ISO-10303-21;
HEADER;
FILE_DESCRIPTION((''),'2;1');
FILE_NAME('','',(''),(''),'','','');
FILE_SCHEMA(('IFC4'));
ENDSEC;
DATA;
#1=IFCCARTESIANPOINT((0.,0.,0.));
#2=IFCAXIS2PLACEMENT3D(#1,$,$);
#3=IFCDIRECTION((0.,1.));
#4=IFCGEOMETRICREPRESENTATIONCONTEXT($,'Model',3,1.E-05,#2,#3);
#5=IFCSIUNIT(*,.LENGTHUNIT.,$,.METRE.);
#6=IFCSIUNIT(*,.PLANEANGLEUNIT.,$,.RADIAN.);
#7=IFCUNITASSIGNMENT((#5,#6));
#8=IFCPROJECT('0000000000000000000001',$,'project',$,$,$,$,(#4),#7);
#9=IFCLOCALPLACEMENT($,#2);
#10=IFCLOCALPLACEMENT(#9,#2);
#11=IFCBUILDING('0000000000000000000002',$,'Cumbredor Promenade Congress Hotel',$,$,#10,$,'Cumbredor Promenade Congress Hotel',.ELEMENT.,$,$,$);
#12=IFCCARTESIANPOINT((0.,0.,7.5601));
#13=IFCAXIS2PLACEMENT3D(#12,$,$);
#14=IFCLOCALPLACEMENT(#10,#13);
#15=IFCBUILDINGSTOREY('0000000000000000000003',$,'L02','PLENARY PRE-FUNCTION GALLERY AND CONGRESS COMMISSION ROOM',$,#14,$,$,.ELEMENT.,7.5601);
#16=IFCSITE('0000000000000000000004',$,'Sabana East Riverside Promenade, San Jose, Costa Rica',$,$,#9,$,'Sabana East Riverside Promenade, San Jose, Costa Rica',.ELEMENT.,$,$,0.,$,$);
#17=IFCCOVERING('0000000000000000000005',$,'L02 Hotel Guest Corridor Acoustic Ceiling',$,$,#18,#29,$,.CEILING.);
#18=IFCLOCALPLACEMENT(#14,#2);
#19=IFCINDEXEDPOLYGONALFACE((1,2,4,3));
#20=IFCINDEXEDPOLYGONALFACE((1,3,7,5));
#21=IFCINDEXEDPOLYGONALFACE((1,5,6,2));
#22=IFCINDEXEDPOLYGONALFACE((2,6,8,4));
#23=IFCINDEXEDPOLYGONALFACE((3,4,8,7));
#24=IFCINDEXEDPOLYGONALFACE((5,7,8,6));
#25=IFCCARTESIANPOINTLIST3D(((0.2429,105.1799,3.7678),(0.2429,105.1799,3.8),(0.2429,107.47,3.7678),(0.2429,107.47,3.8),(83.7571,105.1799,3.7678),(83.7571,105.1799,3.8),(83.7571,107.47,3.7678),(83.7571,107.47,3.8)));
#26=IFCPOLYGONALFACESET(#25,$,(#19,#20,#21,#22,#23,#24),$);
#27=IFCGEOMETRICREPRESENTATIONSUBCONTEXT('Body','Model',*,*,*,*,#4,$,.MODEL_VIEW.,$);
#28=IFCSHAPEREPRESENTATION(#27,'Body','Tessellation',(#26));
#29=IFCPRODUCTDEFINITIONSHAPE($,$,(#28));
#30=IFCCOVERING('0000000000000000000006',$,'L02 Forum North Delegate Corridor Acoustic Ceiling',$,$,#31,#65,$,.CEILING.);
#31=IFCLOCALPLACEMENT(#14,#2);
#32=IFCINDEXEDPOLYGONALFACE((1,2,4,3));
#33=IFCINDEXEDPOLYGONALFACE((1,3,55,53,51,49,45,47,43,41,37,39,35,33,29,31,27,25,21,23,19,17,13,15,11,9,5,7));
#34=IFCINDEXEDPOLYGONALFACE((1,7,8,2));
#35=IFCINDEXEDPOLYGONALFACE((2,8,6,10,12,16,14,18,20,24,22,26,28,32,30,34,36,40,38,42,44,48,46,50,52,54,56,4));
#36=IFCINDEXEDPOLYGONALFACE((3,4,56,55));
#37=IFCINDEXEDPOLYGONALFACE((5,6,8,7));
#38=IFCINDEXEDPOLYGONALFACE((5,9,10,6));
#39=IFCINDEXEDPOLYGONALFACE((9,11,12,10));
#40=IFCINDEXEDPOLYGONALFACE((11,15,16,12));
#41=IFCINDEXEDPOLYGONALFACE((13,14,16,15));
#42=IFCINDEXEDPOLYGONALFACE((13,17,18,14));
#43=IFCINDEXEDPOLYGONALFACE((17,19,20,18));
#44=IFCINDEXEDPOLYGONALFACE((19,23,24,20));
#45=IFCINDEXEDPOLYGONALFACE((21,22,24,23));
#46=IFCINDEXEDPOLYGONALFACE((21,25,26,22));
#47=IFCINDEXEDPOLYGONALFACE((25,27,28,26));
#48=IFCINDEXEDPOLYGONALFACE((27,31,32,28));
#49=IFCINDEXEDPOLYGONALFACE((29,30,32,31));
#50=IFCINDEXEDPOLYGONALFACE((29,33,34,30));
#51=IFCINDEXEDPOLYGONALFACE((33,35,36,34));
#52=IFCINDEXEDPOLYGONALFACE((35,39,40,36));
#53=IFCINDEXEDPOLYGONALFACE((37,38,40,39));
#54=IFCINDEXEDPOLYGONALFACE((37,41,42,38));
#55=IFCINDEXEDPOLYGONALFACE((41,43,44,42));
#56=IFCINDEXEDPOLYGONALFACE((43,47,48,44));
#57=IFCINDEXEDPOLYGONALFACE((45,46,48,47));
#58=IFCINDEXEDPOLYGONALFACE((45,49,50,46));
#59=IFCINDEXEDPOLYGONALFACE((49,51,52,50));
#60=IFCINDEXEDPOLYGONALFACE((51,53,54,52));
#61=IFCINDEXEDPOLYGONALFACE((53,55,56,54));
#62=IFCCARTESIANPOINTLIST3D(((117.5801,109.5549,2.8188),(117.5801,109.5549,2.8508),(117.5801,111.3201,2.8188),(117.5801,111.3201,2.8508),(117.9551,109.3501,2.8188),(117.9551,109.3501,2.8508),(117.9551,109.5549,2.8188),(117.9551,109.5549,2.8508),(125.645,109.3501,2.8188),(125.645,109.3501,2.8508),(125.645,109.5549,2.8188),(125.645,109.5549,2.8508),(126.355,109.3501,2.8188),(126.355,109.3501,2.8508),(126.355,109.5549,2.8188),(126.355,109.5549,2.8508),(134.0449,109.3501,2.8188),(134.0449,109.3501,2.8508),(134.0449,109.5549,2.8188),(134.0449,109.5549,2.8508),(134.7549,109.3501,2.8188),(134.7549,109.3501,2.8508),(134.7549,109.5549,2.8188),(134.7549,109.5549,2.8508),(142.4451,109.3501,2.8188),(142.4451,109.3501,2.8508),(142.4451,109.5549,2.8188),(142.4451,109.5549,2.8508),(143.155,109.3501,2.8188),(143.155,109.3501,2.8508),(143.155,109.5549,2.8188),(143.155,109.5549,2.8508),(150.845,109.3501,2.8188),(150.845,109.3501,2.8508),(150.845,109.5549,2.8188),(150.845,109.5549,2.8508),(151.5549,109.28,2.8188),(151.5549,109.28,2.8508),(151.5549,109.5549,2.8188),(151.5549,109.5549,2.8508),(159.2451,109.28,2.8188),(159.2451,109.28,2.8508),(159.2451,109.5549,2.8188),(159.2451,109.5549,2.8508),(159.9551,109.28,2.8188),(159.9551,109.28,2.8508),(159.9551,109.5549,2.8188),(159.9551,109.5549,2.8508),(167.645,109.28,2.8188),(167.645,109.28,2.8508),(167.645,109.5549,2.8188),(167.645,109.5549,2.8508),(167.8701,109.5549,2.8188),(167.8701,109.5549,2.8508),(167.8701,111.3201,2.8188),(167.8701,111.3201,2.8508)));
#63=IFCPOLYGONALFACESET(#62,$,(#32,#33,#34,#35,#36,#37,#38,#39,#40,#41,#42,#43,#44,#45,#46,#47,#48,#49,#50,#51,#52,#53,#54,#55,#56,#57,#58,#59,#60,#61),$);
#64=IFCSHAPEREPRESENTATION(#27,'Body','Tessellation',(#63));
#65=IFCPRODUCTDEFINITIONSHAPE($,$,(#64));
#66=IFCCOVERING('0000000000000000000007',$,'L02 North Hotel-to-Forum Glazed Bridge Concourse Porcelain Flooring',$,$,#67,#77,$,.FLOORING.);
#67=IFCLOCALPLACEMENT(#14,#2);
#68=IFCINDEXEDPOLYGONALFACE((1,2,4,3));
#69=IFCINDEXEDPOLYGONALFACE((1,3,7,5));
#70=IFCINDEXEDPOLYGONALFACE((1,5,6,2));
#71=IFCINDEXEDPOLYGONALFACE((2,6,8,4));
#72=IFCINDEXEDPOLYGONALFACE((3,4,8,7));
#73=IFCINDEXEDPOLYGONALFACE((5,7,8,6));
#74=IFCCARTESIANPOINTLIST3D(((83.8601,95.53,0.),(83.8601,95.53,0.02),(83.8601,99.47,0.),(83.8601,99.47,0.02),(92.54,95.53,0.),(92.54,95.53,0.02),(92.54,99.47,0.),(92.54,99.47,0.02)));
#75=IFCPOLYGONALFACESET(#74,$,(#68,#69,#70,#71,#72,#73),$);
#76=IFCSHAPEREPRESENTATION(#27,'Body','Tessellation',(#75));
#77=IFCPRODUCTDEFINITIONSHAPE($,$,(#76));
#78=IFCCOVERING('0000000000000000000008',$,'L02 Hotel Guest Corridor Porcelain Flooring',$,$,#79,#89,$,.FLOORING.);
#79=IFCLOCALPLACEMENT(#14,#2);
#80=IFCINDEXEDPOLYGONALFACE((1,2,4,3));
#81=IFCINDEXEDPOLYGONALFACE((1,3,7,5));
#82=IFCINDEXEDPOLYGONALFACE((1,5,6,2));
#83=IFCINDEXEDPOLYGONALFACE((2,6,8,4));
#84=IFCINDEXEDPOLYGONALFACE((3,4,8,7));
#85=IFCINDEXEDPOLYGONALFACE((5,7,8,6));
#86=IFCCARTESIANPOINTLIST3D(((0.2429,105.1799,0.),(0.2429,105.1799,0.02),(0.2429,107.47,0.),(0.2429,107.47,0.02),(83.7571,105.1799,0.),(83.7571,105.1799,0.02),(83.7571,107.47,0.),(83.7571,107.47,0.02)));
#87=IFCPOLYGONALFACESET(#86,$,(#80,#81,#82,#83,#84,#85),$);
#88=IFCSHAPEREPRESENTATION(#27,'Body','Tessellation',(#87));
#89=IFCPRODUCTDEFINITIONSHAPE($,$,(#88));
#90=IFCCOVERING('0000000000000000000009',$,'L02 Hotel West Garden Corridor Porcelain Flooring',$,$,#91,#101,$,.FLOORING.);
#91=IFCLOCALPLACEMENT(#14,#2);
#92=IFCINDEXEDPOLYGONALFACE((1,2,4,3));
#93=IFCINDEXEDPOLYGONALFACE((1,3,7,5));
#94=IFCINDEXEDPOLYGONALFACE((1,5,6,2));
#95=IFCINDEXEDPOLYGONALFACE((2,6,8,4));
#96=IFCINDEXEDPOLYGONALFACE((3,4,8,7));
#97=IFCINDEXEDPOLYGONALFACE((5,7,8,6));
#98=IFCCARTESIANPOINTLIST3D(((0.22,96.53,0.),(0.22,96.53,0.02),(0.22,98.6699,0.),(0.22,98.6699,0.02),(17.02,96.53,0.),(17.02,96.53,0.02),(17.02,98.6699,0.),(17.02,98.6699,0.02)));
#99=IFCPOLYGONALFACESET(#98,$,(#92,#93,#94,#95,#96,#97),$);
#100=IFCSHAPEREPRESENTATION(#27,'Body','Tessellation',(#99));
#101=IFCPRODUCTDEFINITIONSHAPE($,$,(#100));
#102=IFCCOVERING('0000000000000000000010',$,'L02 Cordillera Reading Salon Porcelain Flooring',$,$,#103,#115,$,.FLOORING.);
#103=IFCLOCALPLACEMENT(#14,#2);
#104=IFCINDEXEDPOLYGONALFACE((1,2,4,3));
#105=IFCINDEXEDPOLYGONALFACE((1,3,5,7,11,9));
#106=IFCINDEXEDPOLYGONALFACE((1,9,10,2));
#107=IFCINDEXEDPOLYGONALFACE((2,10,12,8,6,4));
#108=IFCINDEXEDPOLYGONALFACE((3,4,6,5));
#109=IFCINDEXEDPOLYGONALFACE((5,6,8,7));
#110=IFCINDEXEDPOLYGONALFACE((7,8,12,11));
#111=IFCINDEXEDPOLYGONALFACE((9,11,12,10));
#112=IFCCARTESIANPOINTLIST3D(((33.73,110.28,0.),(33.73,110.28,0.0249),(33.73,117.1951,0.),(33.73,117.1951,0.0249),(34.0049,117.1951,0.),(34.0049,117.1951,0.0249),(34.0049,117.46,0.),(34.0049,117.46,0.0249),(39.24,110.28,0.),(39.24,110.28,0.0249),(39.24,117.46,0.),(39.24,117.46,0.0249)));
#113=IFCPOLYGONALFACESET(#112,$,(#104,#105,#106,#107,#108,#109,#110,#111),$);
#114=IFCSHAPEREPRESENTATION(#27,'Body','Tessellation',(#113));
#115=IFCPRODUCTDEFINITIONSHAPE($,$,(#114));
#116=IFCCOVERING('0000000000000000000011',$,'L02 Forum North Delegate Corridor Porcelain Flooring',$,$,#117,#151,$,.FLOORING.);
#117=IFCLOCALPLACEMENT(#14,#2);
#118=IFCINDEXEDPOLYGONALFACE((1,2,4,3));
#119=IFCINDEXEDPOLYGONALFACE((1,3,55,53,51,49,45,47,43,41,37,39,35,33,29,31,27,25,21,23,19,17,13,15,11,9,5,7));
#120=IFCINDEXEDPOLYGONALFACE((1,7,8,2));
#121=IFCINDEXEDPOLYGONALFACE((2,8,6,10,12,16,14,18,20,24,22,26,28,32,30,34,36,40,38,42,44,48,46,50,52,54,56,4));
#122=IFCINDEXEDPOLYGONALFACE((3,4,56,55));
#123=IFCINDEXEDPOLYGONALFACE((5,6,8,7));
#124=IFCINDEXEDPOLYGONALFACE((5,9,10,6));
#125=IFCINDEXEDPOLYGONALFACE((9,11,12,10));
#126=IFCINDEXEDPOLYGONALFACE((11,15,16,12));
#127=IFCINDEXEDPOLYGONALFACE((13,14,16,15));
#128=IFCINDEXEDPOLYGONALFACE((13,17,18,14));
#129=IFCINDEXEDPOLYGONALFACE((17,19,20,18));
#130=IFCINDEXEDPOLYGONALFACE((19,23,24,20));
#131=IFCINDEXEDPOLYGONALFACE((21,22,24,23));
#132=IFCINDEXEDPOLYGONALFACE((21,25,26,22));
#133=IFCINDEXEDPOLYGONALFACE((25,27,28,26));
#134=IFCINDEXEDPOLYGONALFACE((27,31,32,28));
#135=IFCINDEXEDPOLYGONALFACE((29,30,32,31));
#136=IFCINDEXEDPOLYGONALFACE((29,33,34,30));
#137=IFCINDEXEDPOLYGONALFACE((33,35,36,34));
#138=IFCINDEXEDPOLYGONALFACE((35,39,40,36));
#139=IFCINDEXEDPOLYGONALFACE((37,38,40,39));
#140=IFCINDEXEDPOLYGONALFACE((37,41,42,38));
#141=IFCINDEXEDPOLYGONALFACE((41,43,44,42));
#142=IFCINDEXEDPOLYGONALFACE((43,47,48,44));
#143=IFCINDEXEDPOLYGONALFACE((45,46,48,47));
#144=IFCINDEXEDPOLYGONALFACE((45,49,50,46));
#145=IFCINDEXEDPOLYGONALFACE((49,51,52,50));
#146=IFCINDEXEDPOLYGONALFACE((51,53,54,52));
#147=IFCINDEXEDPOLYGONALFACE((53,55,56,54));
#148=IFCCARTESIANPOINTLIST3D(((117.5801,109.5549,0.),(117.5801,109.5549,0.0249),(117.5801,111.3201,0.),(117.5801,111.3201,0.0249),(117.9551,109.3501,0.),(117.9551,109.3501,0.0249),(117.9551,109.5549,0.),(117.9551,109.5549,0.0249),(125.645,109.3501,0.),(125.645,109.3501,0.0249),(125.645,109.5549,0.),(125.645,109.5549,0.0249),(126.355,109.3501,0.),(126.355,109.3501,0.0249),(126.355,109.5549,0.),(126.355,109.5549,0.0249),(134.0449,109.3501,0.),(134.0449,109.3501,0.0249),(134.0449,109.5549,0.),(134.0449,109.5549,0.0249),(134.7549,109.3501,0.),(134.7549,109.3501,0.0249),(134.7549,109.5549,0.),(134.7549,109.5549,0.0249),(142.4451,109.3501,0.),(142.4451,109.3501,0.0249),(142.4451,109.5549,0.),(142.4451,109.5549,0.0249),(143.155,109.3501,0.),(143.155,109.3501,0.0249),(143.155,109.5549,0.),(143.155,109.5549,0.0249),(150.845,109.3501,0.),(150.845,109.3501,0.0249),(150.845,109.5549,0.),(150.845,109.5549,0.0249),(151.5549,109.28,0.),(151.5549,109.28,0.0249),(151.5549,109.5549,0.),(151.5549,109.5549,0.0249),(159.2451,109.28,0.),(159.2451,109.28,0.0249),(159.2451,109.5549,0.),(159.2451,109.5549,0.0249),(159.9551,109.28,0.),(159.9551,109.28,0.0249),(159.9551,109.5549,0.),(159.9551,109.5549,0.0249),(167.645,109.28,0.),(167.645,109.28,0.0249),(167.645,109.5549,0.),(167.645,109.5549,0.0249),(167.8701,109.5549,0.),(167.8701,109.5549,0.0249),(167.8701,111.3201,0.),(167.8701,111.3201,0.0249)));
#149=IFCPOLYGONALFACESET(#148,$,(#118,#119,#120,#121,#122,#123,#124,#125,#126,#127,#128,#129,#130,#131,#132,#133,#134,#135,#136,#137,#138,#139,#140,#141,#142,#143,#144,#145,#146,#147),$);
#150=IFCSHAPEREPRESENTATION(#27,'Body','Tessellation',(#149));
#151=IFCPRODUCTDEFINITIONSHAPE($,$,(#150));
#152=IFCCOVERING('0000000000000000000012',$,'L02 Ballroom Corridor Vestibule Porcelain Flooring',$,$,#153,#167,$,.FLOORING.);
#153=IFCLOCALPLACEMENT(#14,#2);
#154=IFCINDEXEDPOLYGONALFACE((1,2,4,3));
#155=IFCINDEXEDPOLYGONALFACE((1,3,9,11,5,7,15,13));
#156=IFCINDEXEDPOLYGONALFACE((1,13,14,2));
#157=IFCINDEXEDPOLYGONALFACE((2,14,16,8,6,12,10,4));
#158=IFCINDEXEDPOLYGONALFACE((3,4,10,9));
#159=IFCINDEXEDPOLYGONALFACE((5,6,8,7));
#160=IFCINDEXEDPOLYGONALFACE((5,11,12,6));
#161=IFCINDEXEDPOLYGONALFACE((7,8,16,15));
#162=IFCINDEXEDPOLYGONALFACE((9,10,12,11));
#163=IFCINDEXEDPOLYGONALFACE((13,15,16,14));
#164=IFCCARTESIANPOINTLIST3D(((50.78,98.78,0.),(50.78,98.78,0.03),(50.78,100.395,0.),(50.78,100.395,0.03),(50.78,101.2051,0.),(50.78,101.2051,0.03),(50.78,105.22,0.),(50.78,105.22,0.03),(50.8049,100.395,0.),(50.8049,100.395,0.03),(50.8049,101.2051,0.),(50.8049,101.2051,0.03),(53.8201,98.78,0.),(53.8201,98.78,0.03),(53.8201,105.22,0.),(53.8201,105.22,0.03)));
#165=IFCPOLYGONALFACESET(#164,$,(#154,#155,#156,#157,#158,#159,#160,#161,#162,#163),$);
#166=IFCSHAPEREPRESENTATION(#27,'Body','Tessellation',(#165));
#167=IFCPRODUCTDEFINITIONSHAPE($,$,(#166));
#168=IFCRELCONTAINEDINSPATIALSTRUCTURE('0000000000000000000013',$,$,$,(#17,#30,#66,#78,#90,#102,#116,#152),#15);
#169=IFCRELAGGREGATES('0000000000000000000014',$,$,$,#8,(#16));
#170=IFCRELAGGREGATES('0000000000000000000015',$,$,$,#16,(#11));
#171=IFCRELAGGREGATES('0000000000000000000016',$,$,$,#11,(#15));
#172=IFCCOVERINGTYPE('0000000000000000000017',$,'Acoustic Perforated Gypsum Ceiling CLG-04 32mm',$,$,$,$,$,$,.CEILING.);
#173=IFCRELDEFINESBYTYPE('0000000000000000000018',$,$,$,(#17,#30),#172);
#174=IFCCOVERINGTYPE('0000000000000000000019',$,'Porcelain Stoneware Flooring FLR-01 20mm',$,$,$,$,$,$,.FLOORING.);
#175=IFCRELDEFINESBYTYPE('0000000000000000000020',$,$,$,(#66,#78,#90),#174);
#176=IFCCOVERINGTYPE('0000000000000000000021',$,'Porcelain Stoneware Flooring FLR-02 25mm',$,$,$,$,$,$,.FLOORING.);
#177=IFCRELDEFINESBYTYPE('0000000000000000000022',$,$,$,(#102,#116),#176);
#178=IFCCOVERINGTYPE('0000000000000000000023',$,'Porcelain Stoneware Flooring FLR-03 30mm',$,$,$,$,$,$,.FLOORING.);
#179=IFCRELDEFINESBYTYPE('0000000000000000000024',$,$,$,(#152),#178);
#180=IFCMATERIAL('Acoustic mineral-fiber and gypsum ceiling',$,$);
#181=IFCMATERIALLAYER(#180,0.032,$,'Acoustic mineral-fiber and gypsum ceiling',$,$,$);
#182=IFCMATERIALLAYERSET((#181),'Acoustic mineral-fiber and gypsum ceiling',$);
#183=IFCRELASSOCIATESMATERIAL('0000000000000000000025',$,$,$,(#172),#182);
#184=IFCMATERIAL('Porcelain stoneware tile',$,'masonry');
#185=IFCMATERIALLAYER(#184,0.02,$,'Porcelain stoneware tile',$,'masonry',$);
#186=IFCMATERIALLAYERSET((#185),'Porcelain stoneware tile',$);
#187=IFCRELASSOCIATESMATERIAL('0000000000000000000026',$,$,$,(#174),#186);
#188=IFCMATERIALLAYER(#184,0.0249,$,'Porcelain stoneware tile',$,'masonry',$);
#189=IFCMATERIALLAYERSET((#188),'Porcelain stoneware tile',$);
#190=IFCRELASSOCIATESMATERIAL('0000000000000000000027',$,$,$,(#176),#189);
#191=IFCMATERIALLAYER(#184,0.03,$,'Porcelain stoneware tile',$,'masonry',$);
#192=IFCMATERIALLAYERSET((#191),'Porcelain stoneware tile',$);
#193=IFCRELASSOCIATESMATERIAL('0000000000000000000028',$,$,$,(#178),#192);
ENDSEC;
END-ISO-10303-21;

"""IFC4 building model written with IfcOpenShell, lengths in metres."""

from ifc_helpers import new_model, si_unit, direction, frame, origin, place, context, subcontext, project, spatial, polyline, outline, extrude, material, layer, layer_set, type_object, element, save


model = new_model("IFC4")

# Units and contexts
model_context = context("Model", 3, precision=1e-05, world=origin(), true_north=direction((0.0, 1.0)))
body_context = subcontext(model_context, "Body", "Model", "MODEL_VIEW")
ifc_project = project(units=[si_unit("LENGTHUNIT", "METRE"), si_unit("PLANEANGLEUNIT", "RADIAN")], contexts=[model_context])

# Site, building, storey
site_placement = place(None, origin())
site = spatial("IfcSite", under=ifc_project, at=site_placement, Name="Sabana East Riverside Promenade, San Jose, Costa Rica", LongName="Sabana East Riverside Promenade, San Jose, Costa Rica", CompositionType="ELEMENT", RefElevation=0.0)
building_placement = place(site_placement, origin())
building = spatial("IfcBuilding", under=site, at=building_placement, Name="Cumbredor Promenade Congress Hotel", LongName="Cumbredor Promenade Congress Hotel", CompositionType="ELEMENT")
storey_placement = place(building_placement, frame((0.0, 0.0, 7.5601)))
storey = spatial("IfcBuildingStorey", under=building, at=storey_placement, Name="L02", Description="PLENARY PRE-FUNCTION GALLERY AND CONGRESS COMMISSION ROOM", CompositionType="ELEMENT", Elevation=7.5601)

# Coverings
ifc_material_1 = material(Name="Acoustic mineral-fiber and gypsum ceiling")
ifc_layer_1 = layer(ifc_material_1, 0.032, Name="Acoustic mineral-fiber and gypsum ceiling")
ifc_layer_set_1 = layer_set([ifc_layer_1], Name="Acoustic mineral-fiber and gypsum ceiling")
covering_type_1 = type_object("IfcCoveringType", Name="Acoustic Perforated Gypsum Ceiling CLG-04 32mm", PredefinedType="CEILING", material=ifc_layer_set_1)
covering_1_placement = place(storey_placement, frame((0.0, 0.0, 3.7678)))
element("IfcCovering", 1, at=covering_1_placement, inside=storey, type_object=covering_type_1, Name="L02 Hotel Guest Corridor Acoustic Ceiling", PredefinedType="CEILING", context=body_context, shape_type="SweptSolid", body=[
    extrude(outline(polyline([(0.2429, 107.47), (83.7571, 107.47), (83.7571, 105.1799), (0.2429, 105.1799), (0.2429, 107.47)])), origin(), (0.0, 0.0, 1.0), 0.0322),
])
covering_2_placement = place(storey_placement, frame((0.0, 0.0, 2.8188)))
element("IfcCovering", 2, at=covering_2_placement, inside=storey, type_object=covering_type_1, Name="L02 Forum North Delegate Corridor Acoustic Ceiling", PredefinedType="CEILING", context=body_context, shape_type="SweptSolid", body=[
    extrude(outline(polyline([(142.4451, 109.5549), (142.4451, 109.3501), (134.7549, 109.3501), (134.7549, 109.5549), (134.0449, 109.5549), (134.0449, 109.3501), (126.355, 109.3501), (126.355, 109.5549), (125.645, 109.5549), (125.645, 109.3501), (117.9551, 109.3501), (117.9551, 109.5549), (117.5801, 109.5549), (117.5801, 111.3201), (167.8701, 111.3201), (167.8701, 109.5549), (167.645, 109.5549), (167.645, 109.28), (159.9551, 109.28), (159.9551, 109.5549), (159.2451, 109.5549), (159.2451, 109.28), (151.5549, 109.28), (151.5549, 109.5549), (150.845, 109.5549), (150.845, 109.3501), (143.155, 109.3501), (143.155, 109.5549), (142.4451, 109.5549)])), origin(), (0.0, 0.0, 1.0), 0.032),
])
ifc_material_2 = material(Name="Porcelain stoneware tile", Category="masonry")
ifc_layer_2 = layer(ifc_material_2, 0.02, Name="Porcelain stoneware tile", Category="masonry")
ifc_layer_set_2 = layer_set([ifc_layer_2], Name="Porcelain stoneware tile")
covering_type_2 = type_object("IfcCoveringType", Name="Porcelain Stoneware Flooring FLR-01 20mm", PredefinedType="FLOORING", material=ifc_layer_set_2)
covering_3_placement = place(storey_placement, origin())
element("IfcCovering", 3, at=covering_3_placement, inside=storey, type_object=covering_type_2, Name="L02 North Hotel-to-Forum Glazed Bridge Concourse Porcelain Flooring", PredefinedType="FLOORING", context=body_context, shape_type="SweptSolid", body=[
    extrude(outline(polyline([(83.8601, 99.47), (92.54, 99.47), (92.54, 95.53), (83.8601, 95.53), (83.8601, 99.47)])), origin(), (0.0, 0.0, 1.0), 0.02),
])
covering_4_placement = place(storey_placement, origin())
element("IfcCovering", 4, at=covering_4_placement, inside=storey, type_object=covering_type_2, Name="L02 Hotel Guest Corridor Porcelain Flooring", PredefinedType="FLOORING", context=body_context, shape_type="SweptSolid", body=[
    extrude(outline(polyline([(0.2429, 107.47), (83.7571, 107.47), (83.7571, 105.1799), (0.2429, 105.1799), (0.2429, 107.47)])), origin(), (0.0, 0.0, 1.0), 0.02),
])
covering_5_placement = place(storey_placement, origin())
element("IfcCovering", 5, at=covering_5_placement, inside=storey, type_object=covering_type_2, Name="L02 Hotel West Garden Corridor Porcelain Flooring", PredefinedType="FLOORING", context=body_context, shape_type="SweptSolid", body=[
    extrude(outline(polyline([(0.22, 98.6699), (17.02, 98.6699), (17.02, 96.53), (0.22, 96.53), (0.22, 98.6699)])), origin(), (0.0, 0.0, 1.0), 0.02),
])
ifc_layer_3 = layer(ifc_material_2, 0.0249, Name="Porcelain stoneware tile", Category="masonry")
ifc_layer_set_3 = layer_set([ifc_layer_3], Name="Porcelain stoneware tile")
covering_type_3 = type_object("IfcCoveringType", Name="Porcelain Stoneware Flooring FLR-02 25mm", PredefinedType="FLOORING", material=ifc_layer_set_3)
covering_6_placement = place(storey_placement, origin())
element("IfcCovering", 6, at=covering_6_placement, inside=storey, type_object=covering_type_3, Name="L02 Cordillera Reading Salon Porcelain Flooring", PredefinedType="FLOORING", context=body_context, shape_type="SweptSolid", body=[
    extrude(outline(polyline([(39.24, 117.46), (39.24, 110.28), (33.73, 110.28), (33.73, 117.1951), (34.0049, 117.1951), (34.0049, 117.46), (39.24, 117.46)])), origin(), (0.0, 0.0, 1.0), 0.0249),
])
covering_7_placement = place(storey_placement, origin())
element("IfcCovering", 7, at=covering_7_placement, inside=storey, type_object=covering_type_3, Name="L02 Forum North Delegate Corridor Porcelain Flooring", PredefinedType="FLOORING", context=body_context, shape_type="SweptSolid", body=[
    extrude(outline(polyline([(142.4451, 109.5549), (142.4451, 109.3501), (134.7549, 109.3501), (134.7549, 109.5549), (134.0449, 109.5549), (134.0449, 109.3501), (126.355, 109.3501), (126.355, 109.5549), (125.645, 109.5549), (125.645, 109.3501), (117.9551, 109.3501), (117.9551, 109.5549), (117.5801, 109.5549), (117.5801, 111.3201), (167.8701, 111.3201), (167.8701, 109.5549), (167.645, 109.5549), (167.645, 109.28), (159.9551, 109.28), (159.9551, 109.5549), (159.2451, 109.5549), (159.2451, 109.28), (151.5549, 109.28), (151.5549, 109.5549), (150.845, 109.5549), (150.845, 109.3501), (143.155, 109.3501), (143.155, 109.5549), (142.4451, 109.5549)])), origin(), (0.0, 0.0, 1.0), 0.0249),
])
ifc_layer_4 = layer(ifc_material_2, 0.03, Name="Porcelain stoneware tile", Category="masonry")
ifc_layer_set_4 = layer_set([ifc_layer_4], Name="Porcelain stoneware tile")
covering_type_4 = type_object("IfcCoveringType", Name="Porcelain Stoneware Flooring FLR-03 30mm", PredefinedType="FLOORING", material=ifc_layer_set_4)
covering_8_placement = place(storey_placement, origin())
element("IfcCovering", 8, at=covering_8_placement, inside=storey, type_object=covering_type_4, Name="L02 Ballroom Corridor Vestibule Porcelain Flooring", PredefinedType="FLOORING", context=body_context, shape_type="SweptSolid", body=[
    extrude(outline(polyline([(53.8201, 105.22), (53.8201, 98.78), (50.78, 98.78), (50.78, 100.395), (50.8049, 100.395), (50.8049, 101.2051), (50.78, 101.2051), (50.78, 105.22), (53.8201, 105.22)])), origin(), (0.0, 0.0, 1.0), 0.03),
])

save(model, "model.ifc")
